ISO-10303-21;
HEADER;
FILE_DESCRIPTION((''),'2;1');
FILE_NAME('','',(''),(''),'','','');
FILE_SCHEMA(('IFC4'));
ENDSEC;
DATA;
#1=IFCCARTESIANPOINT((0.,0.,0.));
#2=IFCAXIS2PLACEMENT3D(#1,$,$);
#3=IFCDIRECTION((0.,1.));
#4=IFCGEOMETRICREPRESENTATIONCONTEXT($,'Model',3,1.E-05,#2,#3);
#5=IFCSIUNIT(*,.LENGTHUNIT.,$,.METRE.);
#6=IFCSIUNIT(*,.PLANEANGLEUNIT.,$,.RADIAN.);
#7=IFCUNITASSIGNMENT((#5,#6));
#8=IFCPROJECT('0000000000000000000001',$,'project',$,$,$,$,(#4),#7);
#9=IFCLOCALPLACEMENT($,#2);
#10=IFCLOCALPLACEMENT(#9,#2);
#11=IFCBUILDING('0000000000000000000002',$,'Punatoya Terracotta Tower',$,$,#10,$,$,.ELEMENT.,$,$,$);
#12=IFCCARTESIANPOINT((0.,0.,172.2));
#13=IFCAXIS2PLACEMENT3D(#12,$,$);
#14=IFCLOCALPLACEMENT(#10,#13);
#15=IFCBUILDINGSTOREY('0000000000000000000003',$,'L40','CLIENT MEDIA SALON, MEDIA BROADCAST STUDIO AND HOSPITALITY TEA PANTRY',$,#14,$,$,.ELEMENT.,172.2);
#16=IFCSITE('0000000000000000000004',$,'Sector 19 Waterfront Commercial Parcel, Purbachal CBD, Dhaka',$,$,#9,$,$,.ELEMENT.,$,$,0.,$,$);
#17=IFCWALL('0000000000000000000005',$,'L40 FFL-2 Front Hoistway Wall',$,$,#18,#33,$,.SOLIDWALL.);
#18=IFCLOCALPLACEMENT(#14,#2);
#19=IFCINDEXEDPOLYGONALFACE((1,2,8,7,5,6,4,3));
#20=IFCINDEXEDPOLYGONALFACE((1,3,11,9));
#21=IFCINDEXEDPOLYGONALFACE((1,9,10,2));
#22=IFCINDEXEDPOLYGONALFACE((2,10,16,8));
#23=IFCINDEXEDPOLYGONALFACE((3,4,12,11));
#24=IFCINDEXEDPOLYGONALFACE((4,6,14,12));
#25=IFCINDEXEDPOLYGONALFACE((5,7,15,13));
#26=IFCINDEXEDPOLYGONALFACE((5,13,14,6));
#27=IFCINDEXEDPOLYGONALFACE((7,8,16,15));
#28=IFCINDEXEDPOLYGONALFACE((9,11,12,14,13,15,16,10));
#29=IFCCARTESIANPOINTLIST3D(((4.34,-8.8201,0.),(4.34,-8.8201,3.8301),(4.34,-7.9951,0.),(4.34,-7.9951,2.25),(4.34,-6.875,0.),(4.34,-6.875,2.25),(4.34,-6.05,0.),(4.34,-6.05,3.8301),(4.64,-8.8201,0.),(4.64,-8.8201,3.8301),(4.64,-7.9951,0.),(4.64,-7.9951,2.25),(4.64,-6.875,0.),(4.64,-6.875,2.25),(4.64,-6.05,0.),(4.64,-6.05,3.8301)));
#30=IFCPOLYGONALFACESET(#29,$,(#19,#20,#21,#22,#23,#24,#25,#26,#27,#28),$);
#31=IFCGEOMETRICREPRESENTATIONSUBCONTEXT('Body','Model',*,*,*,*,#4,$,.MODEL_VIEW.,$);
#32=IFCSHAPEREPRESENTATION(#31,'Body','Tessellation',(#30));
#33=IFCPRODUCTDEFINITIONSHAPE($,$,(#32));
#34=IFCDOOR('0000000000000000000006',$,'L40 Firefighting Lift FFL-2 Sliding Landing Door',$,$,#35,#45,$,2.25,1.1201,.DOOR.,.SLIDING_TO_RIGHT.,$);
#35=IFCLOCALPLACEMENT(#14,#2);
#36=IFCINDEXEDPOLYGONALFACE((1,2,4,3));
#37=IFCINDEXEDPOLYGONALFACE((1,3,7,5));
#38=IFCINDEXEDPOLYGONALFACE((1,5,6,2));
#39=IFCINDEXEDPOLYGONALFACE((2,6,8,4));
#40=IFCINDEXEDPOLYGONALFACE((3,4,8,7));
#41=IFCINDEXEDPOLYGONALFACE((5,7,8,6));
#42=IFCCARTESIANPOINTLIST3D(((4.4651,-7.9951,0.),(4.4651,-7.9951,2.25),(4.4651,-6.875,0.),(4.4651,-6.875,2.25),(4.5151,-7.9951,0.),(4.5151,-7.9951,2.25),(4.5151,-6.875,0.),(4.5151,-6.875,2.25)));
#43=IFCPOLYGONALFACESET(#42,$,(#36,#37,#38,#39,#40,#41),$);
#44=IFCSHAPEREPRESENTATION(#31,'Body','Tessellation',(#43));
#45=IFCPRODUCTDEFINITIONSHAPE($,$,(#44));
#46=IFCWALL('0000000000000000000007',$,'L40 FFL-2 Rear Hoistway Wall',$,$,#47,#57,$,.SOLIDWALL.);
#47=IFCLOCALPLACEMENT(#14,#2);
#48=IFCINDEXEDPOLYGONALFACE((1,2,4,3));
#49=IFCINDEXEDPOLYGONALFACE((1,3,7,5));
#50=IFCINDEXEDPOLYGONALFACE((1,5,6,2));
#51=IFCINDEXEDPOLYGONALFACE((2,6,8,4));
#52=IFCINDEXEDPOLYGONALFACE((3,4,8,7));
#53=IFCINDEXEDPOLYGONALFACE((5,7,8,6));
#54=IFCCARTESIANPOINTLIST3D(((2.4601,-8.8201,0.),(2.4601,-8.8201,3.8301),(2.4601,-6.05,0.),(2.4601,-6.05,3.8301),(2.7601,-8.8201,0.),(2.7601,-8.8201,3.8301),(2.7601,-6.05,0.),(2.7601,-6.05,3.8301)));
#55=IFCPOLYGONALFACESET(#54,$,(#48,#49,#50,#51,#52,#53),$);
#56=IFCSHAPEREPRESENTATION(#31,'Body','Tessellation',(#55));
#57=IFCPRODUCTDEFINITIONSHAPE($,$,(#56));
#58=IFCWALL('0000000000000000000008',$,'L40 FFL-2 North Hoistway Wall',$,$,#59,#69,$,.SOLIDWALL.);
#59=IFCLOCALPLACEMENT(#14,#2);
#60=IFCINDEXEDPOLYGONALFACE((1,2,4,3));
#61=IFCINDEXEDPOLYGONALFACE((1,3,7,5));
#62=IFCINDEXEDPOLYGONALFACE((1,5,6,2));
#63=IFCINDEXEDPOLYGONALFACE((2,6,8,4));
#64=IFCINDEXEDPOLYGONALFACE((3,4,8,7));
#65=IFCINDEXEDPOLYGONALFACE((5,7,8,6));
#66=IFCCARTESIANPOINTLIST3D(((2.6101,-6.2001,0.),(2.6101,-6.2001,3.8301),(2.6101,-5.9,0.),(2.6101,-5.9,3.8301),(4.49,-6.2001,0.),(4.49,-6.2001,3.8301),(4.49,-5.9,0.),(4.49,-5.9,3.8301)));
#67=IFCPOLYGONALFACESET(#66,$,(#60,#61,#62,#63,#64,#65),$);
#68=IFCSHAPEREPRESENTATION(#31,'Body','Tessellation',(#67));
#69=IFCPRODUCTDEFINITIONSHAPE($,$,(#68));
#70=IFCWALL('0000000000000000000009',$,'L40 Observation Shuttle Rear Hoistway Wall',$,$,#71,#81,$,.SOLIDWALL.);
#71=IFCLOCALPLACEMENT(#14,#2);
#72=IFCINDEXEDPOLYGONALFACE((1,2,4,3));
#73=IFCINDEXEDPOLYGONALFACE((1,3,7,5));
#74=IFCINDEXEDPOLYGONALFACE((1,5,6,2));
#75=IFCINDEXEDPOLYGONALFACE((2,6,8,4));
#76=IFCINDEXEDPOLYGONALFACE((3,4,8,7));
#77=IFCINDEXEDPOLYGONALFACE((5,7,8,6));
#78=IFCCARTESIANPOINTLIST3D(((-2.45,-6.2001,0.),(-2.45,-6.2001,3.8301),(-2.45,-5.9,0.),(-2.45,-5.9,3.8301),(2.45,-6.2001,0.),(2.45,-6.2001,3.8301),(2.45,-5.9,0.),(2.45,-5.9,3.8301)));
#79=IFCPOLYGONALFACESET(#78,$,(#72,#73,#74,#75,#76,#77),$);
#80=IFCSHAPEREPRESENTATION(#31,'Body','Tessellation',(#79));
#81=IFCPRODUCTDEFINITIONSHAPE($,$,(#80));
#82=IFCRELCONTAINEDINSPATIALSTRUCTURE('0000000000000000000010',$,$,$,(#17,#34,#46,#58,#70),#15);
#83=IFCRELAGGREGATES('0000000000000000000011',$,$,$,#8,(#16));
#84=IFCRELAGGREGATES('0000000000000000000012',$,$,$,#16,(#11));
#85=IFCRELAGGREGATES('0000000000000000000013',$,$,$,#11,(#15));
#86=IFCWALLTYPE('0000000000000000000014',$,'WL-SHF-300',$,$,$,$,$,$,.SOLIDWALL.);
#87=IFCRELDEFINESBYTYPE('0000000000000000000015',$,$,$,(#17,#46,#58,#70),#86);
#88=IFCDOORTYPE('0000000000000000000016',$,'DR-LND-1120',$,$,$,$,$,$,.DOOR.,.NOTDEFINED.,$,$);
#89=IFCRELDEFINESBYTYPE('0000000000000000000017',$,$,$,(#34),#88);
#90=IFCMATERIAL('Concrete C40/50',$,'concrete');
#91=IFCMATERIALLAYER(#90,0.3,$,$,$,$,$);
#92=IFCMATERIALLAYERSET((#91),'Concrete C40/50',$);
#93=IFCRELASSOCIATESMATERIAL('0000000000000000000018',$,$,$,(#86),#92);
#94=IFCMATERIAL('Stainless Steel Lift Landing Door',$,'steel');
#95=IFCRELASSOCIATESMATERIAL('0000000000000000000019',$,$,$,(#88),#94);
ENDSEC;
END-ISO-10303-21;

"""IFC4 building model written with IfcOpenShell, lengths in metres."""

from ifc_helpers import new_model, si_unit, direction, frame, frame_2d, origin, place, context, subcontext, project, spatial, rectangle, extrude, material, layer, layer_set, type_object, element, fill, save


model = new_model("IFC4")

# Units and contexts
model_context = context("Model", 3, precision=1e-05, world=origin(), true_north=direction((0.0, 1.0)))
body_context = subcontext(model_context, "Body", "Model", "MODEL_VIEW")
ifc_project = project(units=[si_unit("LENGTHUNIT", "METRE"), si_unit("PLANEANGLEUNIT", "RADIAN")], contexts=[model_context])

# Site, building, storey
site_placement = place(None, origin())
site = spatial("IfcSite", under=ifc_project, at=site_placement, Name="Sector 19 Waterfront Commercial Parcel, Purbachal CBD, Dhaka", CompositionType="ELEMENT", RefElevation=0.0)
building_placement = place(site_placement, origin())
building = spatial("IfcBuilding", under=site, at=building_placement, Name="Punatoya Terracotta Tower", CompositionType="ELEMENT")
storey_placement = place(building_placement, frame((0.0, 0.0, 172.2)))
storey = spatial("IfcBuildingStorey", under=building, at=storey_placement, Name="L40", Description="CLIENT MEDIA SALON, MEDIA BROADCAST STUDIO AND HOSPITALITY TEA PANTRY", CompositionType="ELEMENT", Elevation=172.2)

# Shared definitions
ifc_material_1 = material(Name="Concrete C40/50", Category="concrete")

# Shared definitions
ifc_layer_1 = layer(ifc_material_1, 0.3)
ifc_layer_set_1 = layer_set([ifc_layer_1], Name="Concrete C40/50")
wall_type_1 = type_object("IfcWallType", Name="WL-SHF-300", PredefinedType="SOLIDWALL", material=ifc_layer_set_1)

# Wall, opening, door
wall_1_placement = place(storey_placement, frame((4.49, -8.8201, 0.0), z_axis=(0.0, 0.0, 1.0), x_axis=(0.0, 1.0, 0.0)))
wall_1 = element("IfcWall", 1, at=wall_1_placement, inside=storey, type_object=wall_type_1, Name="L40 FFL-2 Front Hoistway Wall", PredefinedType="SOLIDWALL", context=body_context, shape_type="SweptSolid", body=[
    extrude(rectangle(XDim=2.77, YDim=0.3, at=frame_2d((1.385, 0.0))), origin(), (0.0, 0.0, 1.0), 3.8301),
])
opening_1_placement = place(wall_1_placement, frame((0.825, 0.0, 0.0)))
opening_1 = element("IfcOpeningElement", 2, at=opening_1_placement, cuts=wall_1, PredefinedType="OPENING", context=body_context, shape_type="SweptSolid", body=[
    extrude(rectangle(XDim=1.1201, YDim=2.25, at=frame_2d((0.5601, 1.125))), frame((0.0, 0.1599, 0.0), z_axis=(0.0, -1.0, 0.0), x_axis=(1.0, 0.0, 0.0)), (0.0, 0.0, 1.0), 0.3201),
])
ifc_material_2 = material(Name="Stainless Steel Lift Landing Door", Category="steel")
door_type_1 = type_object("IfcDoorType", Name="DR-LND-1120", OperationType="NOTDEFINED", PredefinedType="DOOR", material=ifc_material_2)
door_1_placement = place(opening_1_placement, origin())
door_1 = element("IfcDoor", 3, at=door_1_placement, inside=storey, type_object=door_type_1, Name="L40 Firefighting Lift FFL-2 Sliding Landing Door", OperationType="SLIDING_TO_RIGHT", OverallHeight=2.25, OverallWidth=1.1201, PredefinedType="DOOR", context=body_context, shape_type="SweptSolid", body=[
    extrude(rectangle(XDim=1.1201, YDim=2.25, at=frame_2d((0.5601, 1.125))), frame((0.0, 0.0249, 0.0), z_axis=(0.0, -1.0, 0.0), x_axis=(1.0, 0.0, 0.0)), (0.0, 0.0, 1.0), 0.05),
])
fill(opening_1, door_1)

# Walls
wall_2_placement = place(storey_placement, frame((2.6101, -8.8201, 0.0), z_axis=(0.0, 0.0, 1.0), x_axis=(0.0, 1.0, 0.0)))
element("IfcWall", 4, at=wall_2_placement, inside=storey, type_object=wall_type_1, Name="L40 FFL-2 Rear Hoistway Wall", PredefinedType="SOLIDWALL", context=body_context, shape_type="SweptSolid", body=[
    extrude(rectangle(XDim=2.77, YDim=0.3, at=frame_2d((1.385, 0.0))), origin(), (0.0, 0.0, 1.0), 3.8301),
])
wall_3_placement = place(storey_placement, frame((2.6101, -6.05, 0.0), z_axis=(0.0, 0.0, 1.0), x_axis=(1.0, 0.0, 0.0)))
element("IfcWall", 5, at=wall_3_placement, inside=storey, type_object=wall_type_1, Name="L40 FFL-2 North Hoistway Wall", PredefinedType="SOLIDWALL", context=body_context, shape_type="SweptSolid", body=[
    extrude(rectangle(XDim=1.8799, YDim=0.3, at=frame_2d((0.9399, 0.0))), origin(), (0.0, 0.0, 1.0), 3.8301),
])
wall_4_placement = place(storey_placement, frame((-2.45, -6.05, 0.0), z_axis=(0.0, 0.0, 1.0), x_axis=(1.0, 0.0, 0.0)))
element("IfcWall", 6, at=wall_4_placement, inside=storey, type_object=wall_type_1, Name="L40 Observation Shuttle Rear Hoistway Wall", PredefinedType="SOLIDWALL", context=body_context, shape_type="SweptSolid", body=[
    extrude(rectangle(XDim=4.8999, YDim=0.3, at=frame_2d((2.45, 0.0))), origin(), (0.0, 0.0, 1.0), 3.8301),
])

save(model, "model.ifc")
